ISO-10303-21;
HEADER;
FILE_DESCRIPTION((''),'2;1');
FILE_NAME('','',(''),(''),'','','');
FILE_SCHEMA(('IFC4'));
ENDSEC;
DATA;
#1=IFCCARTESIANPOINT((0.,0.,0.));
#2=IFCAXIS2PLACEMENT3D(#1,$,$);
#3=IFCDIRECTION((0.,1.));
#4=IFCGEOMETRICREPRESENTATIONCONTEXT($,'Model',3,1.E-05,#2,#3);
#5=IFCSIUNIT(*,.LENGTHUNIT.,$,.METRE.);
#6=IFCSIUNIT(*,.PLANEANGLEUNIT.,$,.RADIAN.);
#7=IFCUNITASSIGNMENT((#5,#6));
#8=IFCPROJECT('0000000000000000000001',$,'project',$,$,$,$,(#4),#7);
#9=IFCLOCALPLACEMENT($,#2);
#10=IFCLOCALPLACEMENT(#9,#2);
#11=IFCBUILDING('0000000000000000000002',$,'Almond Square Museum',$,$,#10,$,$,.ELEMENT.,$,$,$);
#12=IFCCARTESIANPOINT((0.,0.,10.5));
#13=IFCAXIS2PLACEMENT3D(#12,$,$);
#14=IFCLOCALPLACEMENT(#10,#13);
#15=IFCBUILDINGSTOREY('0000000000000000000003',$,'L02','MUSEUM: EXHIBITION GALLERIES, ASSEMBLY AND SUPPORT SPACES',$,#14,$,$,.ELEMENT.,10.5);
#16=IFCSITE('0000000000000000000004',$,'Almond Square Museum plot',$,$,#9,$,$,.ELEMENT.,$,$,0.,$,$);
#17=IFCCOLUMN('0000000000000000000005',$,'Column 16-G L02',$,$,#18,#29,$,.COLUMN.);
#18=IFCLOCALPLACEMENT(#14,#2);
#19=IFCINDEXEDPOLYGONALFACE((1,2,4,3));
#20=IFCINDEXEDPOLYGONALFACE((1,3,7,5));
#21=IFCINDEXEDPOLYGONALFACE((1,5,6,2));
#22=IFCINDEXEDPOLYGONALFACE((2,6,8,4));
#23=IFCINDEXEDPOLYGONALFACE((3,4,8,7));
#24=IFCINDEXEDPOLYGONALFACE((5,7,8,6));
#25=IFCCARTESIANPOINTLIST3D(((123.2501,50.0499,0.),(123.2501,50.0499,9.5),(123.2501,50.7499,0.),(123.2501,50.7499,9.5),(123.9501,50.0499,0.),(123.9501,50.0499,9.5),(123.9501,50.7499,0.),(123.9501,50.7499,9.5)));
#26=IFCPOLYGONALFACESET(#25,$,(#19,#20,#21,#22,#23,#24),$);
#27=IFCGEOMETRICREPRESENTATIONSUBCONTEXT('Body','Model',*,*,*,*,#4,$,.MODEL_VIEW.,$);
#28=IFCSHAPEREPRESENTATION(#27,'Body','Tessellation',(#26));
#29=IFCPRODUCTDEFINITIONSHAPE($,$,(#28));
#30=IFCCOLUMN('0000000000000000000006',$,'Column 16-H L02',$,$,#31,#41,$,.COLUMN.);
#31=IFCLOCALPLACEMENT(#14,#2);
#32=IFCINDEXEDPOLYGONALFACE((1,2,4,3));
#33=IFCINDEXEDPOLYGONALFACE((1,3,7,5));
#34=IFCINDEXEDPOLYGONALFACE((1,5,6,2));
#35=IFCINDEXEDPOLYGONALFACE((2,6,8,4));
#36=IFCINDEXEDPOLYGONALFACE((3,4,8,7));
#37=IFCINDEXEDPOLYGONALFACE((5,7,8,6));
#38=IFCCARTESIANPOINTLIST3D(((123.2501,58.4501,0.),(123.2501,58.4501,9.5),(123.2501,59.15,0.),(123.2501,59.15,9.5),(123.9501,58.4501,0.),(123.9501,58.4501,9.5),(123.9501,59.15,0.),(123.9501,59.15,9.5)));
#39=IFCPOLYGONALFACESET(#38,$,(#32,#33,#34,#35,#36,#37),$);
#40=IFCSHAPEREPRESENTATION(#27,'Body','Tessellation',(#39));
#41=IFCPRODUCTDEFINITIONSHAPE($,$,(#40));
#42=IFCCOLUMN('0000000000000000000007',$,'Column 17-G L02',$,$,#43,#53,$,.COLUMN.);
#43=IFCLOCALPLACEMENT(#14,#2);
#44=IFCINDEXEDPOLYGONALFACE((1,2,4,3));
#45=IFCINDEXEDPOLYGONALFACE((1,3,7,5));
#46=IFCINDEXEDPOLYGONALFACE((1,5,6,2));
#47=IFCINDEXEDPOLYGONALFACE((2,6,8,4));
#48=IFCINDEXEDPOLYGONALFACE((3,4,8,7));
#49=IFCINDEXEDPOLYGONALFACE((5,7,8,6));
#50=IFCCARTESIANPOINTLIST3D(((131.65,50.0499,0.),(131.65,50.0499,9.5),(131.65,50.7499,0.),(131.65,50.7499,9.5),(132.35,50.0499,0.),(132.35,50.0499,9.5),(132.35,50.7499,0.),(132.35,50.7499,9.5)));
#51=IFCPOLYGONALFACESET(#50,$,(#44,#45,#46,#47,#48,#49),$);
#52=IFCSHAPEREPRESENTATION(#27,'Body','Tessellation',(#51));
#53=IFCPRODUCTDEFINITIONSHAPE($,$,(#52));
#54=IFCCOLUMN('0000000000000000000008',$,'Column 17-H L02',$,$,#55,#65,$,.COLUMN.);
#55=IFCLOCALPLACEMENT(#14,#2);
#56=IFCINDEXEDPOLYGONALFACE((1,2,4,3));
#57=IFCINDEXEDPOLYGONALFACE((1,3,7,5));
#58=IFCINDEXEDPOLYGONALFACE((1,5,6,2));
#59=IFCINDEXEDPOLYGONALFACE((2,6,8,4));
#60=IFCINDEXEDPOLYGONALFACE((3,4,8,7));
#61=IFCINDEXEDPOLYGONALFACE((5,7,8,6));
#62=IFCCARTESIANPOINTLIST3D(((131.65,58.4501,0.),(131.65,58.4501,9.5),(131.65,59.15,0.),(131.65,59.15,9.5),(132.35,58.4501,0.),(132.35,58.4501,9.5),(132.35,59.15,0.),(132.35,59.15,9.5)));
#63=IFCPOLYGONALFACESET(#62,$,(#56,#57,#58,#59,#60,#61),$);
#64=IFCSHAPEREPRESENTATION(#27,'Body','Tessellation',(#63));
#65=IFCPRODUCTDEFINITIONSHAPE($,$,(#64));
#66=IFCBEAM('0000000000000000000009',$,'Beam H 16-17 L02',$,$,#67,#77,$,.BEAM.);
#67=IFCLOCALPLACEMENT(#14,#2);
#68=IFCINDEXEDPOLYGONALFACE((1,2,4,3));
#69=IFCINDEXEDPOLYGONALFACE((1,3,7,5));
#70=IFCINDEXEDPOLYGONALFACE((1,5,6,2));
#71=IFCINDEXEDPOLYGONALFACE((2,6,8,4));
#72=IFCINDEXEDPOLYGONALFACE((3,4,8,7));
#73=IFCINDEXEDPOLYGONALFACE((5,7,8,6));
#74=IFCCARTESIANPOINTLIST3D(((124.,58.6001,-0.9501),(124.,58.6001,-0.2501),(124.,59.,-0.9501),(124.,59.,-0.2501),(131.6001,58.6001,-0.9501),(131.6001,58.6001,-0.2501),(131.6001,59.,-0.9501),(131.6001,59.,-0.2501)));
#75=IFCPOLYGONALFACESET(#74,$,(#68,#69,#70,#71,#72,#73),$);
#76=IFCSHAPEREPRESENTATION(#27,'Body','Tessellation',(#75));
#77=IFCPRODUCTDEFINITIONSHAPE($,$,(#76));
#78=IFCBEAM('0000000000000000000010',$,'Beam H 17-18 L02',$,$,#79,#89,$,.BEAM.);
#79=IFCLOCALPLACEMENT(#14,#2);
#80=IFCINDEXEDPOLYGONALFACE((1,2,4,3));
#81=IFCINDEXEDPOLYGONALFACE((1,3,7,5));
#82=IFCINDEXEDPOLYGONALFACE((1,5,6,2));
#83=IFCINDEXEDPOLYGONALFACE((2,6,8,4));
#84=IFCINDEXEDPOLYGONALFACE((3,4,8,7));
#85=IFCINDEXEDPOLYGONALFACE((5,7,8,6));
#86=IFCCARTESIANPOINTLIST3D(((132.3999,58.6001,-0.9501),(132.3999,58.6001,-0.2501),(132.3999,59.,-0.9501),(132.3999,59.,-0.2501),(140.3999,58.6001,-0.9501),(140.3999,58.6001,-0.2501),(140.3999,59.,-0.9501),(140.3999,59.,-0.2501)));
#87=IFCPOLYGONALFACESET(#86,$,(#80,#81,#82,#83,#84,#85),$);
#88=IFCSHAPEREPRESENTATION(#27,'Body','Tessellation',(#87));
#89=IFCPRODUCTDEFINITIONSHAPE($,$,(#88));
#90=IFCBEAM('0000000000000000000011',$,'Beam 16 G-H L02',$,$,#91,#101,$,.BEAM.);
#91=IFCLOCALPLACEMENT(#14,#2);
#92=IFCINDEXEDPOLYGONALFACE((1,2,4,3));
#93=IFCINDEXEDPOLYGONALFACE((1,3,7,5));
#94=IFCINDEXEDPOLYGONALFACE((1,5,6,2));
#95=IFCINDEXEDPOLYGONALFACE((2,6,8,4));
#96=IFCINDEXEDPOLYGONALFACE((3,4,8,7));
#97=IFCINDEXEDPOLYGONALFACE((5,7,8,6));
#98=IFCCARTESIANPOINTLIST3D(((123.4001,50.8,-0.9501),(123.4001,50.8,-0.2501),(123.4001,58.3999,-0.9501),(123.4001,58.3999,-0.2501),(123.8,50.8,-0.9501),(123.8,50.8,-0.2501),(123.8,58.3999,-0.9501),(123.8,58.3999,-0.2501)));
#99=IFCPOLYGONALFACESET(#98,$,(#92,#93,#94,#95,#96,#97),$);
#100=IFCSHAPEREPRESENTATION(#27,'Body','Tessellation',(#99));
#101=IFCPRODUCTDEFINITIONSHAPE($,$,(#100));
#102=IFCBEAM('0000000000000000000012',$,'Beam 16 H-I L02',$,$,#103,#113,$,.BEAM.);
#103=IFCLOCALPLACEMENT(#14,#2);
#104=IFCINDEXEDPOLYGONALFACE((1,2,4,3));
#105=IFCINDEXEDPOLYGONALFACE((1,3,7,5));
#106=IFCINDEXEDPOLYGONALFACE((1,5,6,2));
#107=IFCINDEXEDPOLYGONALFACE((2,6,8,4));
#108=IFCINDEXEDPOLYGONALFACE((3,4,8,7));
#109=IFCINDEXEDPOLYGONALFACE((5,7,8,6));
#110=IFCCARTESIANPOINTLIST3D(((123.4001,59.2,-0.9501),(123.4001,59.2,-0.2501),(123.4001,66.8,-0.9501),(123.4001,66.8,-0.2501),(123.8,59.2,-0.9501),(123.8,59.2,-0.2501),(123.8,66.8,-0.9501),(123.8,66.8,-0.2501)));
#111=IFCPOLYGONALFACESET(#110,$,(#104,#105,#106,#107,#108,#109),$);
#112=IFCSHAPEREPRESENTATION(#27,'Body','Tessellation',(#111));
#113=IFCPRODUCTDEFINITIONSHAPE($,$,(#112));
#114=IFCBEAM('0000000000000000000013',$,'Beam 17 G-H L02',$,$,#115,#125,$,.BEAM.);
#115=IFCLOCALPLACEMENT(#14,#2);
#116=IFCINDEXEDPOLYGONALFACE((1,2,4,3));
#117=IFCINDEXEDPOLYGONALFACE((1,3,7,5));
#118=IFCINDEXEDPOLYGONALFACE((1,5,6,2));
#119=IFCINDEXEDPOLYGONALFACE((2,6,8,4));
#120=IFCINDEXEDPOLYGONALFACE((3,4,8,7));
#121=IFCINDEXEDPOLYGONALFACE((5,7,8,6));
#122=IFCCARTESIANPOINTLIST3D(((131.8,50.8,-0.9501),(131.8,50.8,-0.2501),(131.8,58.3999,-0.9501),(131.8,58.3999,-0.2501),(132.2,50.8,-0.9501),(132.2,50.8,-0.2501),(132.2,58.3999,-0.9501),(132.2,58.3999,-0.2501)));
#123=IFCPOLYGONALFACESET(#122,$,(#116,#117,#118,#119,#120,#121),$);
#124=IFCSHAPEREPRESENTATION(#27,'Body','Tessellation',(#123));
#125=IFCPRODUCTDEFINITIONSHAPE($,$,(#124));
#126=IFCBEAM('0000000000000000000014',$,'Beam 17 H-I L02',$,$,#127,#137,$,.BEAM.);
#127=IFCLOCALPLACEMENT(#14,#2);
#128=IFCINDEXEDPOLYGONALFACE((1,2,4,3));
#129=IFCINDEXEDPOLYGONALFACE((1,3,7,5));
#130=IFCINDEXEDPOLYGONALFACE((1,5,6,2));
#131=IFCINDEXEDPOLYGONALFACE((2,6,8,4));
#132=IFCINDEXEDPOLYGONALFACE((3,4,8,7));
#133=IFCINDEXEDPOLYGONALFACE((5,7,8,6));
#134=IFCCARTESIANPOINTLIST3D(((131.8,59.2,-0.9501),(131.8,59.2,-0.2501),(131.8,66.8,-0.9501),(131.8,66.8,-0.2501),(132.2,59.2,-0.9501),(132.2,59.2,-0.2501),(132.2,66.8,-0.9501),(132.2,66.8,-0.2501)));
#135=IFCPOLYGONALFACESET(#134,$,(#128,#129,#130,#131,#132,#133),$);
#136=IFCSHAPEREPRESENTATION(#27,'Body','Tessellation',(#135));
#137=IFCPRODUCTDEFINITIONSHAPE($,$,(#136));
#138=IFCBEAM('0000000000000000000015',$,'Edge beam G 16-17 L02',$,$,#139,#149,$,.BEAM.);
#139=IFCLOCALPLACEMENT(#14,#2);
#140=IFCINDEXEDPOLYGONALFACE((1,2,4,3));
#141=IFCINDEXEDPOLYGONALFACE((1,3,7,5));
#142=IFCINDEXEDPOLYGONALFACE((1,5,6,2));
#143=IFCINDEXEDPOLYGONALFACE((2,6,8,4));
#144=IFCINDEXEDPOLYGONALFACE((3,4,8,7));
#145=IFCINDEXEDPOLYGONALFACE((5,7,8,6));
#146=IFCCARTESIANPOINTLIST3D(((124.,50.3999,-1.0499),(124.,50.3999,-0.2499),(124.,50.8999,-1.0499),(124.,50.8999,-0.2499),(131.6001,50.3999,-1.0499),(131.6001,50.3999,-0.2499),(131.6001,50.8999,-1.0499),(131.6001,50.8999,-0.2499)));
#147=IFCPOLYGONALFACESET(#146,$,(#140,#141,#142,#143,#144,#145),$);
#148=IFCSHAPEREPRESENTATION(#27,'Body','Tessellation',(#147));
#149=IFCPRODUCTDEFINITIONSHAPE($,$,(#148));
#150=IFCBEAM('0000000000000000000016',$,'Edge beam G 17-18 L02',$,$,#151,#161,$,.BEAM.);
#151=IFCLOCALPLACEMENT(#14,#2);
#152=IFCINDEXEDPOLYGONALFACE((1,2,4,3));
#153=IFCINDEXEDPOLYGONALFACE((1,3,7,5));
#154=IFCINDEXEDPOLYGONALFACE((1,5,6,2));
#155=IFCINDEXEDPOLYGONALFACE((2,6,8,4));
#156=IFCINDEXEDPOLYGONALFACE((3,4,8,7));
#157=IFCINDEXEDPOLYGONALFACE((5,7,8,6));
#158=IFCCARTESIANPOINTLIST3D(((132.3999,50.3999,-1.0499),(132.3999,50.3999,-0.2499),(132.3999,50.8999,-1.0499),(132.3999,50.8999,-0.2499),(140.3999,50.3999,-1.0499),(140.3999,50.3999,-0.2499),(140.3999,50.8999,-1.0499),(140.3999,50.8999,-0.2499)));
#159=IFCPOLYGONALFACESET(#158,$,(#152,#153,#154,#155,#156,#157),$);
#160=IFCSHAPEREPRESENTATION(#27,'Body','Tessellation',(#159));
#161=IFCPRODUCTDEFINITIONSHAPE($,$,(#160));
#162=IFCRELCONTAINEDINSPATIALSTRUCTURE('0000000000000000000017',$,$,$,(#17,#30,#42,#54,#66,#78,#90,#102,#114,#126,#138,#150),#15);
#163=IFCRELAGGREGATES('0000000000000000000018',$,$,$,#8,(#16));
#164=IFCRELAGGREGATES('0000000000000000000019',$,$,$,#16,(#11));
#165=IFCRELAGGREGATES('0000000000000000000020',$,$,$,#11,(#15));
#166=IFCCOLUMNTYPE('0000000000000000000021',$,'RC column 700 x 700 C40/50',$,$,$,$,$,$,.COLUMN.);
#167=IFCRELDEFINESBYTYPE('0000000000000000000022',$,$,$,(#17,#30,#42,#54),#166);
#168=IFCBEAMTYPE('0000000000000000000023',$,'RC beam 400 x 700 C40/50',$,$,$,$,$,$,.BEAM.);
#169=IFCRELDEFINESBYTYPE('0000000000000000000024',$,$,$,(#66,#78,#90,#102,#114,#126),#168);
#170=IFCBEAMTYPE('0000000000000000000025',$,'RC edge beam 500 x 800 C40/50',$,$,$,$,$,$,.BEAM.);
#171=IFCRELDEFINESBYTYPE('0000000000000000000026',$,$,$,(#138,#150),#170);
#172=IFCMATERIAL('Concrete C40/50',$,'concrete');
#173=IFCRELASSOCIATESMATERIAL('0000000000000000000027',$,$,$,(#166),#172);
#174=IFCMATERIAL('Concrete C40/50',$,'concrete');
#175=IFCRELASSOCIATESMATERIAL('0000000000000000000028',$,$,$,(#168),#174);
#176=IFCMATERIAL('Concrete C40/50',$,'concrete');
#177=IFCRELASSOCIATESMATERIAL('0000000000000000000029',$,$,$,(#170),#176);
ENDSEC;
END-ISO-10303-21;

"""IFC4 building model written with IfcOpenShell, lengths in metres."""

from ifc_helpers import new_model, si_unit, direction, frame, origin, origin_2d, place, context, subcontext, project, spatial, rectangle, extrude, material, material_profile, profile_set, type_object, element, save


model = new_model("IFC4")

# Units and contexts
model_context = context("Model", 3, precision=1e-05, world=origin(), true_north=direction((0.0, 1.0)))
body_context = subcontext(model_context, "Body", "Model", "MODEL_VIEW")
ifc_project = project(units=[si_unit("LENGTHUNIT", "METRE"), si_unit("PLANEANGLEUNIT", "RADIAN")], contexts=[model_context])

# Site, building, storey
site_placement = place(None, origin())
site = spatial("IfcSite", under=ifc_project, at=site_placement, Name="Almond Square Museum plot", CompositionType="ELEMENT", RefElevation=0.0)
building_placement = place(site_placement, origin())
building = spatial("IfcBuilding", under=site, at=building_placement, Name="Almond Square Museum", CompositionType="ELEMENT")
storey_placement = place(building_placement, frame((0.0, 0.0, 10.5)))
storey = spatial("IfcBuildingStorey", under=building, at=storey_placement, Name="L02", Description="MUSEUM: EXHIBITION GALLERIES, ASSEMBLY AND SUPPORT SPACES", CompositionType="ELEMENT", Elevation=10.5)

# Columns
ifc_material_1 = material(Name="Concrete C40/50", Category="concrete")
ifc_material_profile_1 = material_profile(ifc_material_1, rectangle(XDim=0.7, YDim=0.7, at=origin_2d()))
ifc_profile_set_1 = profile_set([ifc_material_profile_1], Name="Concrete C40/50")
column_type = type_object("IfcColumnType", Name="RC column 700 x 700 C40/50", PredefinedType="COLUMN", material=ifc_profile_set_1)
for number, where, z_axis, x_axis, name in (
    (1, (123.6001, 50.3999, 0.0), (0.0, 0.0, 1.0), (1.0, 0.0, 0.0), "Column 16-G L02"),
    (2, (123.6001, 58.8, 0.0), (0.0, 0.0, 1.0), (1.0, 0.0, 0.0), "Column 16-H L02"),
    (3, (132.0, 50.3999, 0.0), (0.0, 0.0, 1.0), (1.0, 0.0, 0.0), "Column 17-G L02"),
    (4, (132.0, 58.8, 0.0), (0.0, 0.0, 1.0), (1.0, 0.0, 0.0), "Column 17-H L02"),
):
    element("IfcColumn", number, at=place(storey_placement, frame(where, z_axis=z_axis, x_axis=x_axis)), inside=storey, type_object=column_type, Name=name, PredefinedType="COLUMN", context=body_context, shape_type="SweptSolid", body=[
        extrude(rectangle(XDim=0.7, YDim=0.7, at=origin_2d()), origin(), (0.0, 0.0, 1.0), 9.5),
    ])

# Beams
ifc_material_2 = material(Name="Concrete C40/50", Category="concrete")
ifc_material_profile_2 = material_profile(ifc_material_2, rectangle(XDim=0.3999, YDim=0.7, at=origin_2d()))
ifc_profile_set_2 = profile_set([ifc_material_profile_2], Name="Concrete C40/50")
beam_type_1 = type_object("IfcBeamType", Name="RC beam 400 x 700 C40/50", PredefinedType="BEAM", material=ifc_profile_set_2)
beam_1_placement = place(storey_placement, frame((124.0, 58.8, -0.6001), z_axis=(1.0, 0.0, 0.0), x_axis=(0.0, 1.0, 0.0)))
element("IfcBeam", 5, at=beam_1_placement, inside=storey, type_object=beam_type_1, Name="Beam H 16-17 L02", PredefinedType="BEAM", context=body_context, shape_type="SweptSolid", body=[
    extrude(rectangle(XDim=0.3999, YDim=0.7, at=origin_2d()), origin(), (0.0, 0.0, 1.0), 7.6001),
])
beam_2_placement = place(storey_placement, frame((132.3999, 58.8, -0.6001), z_axis=(1.0, 0.0, 0.0), x_axis=(0.0, 1.0, 0.0)))
element("IfcBeam", 6, at=beam_2_placement, inside=storey, type_object=beam_type_1, Name="Beam H 17-18 L02", PredefinedType="BEAM", context=body_context, shape_type="SweptSolid", body=[
    extrude(rectangle(XDim=0.3999, YDim=0.7, at=origin_2d()), origin(), (0.0, 0.0, 1.0), 8.0),
])
beam_3_placement = place(storey_placement, frame((123.6001, 50.8, -0.6001), z_axis=(0.0, 1.0, 0.0), x_axis=(-1.0, 0.0, 0.0)))
element("IfcBeam", 7, at=beam_3_placement, inside=storey, type_object=beam_type_1, Name="Beam 16 G-H L02", PredefinedType="BEAM", context=body_context, shape_type="SweptSolid", body=[
    extrude(rectangle(XDim=0.3999, YDim=0.7, at=origin_2d()), origin(), (0.0, 0.0, 1.0), 7.5999),
])
beam_4_placement = place(storey_placement, frame((123.6001, 59.2, -0.6001), z_axis=(0.0, 1.0, 0.0), x_axis=(-1.0, 0.0, 0.0)))
element("IfcBeam", 8, at=beam_4_placement, inside=storey, type_object=beam_type_1, Name="Beam 16 H-I L02", PredefinedType="BEAM", context=body_context, shape_type="SweptSolid", body=[
    extrude(rectangle(XDim=0.3999, YDim=0.7, at=origin_2d()), origin(), (0.0, 0.0, 1.0), 7.6001),
])
beam_5_placement = place(storey_placement, frame((132.0, 50.8, -0.6001), z_axis=(0.0, 1.0, 0.0), x_axis=(-1.0, 0.0, 0.0)))
element("IfcBeam", 9, at=beam_5_placement, inside=storey, type_object=beam_type_1, Name="Beam 17 G-H L02", PredefinedType="BEAM", context=body_context, shape_type="SweptSolid", body=[
    extrude(rectangle(XDim=0.3999, YDim=0.7, at=origin_2d()), origin(), (0.0, 0.0, 1.0), 7.5999),
])
beam_6_placement = place(storey_placement, frame((132.0, 59.2, -0.6001), z_axis=(0.0, 1.0, 0.0), x_axis=(-1.0, 0.0, 0.0)))
element("IfcBeam", 10, at=beam_6_placement, inside=storey, type_object=beam_type_1, Name="Beam 17 H-I L02", PredefinedType="BEAM", context=body_context, shape_type="SweptSolid", body=[
    extrude(rectangle(XDim=0.3999, YDim=0.7, at=origin_2d()), origin(), (0.0, 0.0, 1.0), 7.6001),
])
ifc_material_3 = material(Name="Concrete C40/50", Category="concrete")
ifc_material_profile_3 = material_profile(ifc_material_3, rectangle(XDim=0.5, YDim=0.8, at=origin_2d()))
ifc_profile_set_3 = profile_set([ifc_material_profile_3], Name="Concrete C40/50")
beam_type_2 = type_object("IfcBeamType", Name="RC edge beam 500 x 800 C40/50", PredefinedType="BEAM", material=ifc_profile_set_3)
beam_7_placement = place(storey_placement, frame((124.0, 50.6499, -0.6499), z_axis=(1.0, 0.0, 0.0), x_axis=(0.0, 1.0, 0.0)))
element("IfcBeam", 11, at=beam_7_placement, inside=storey, type_object=beam_type_2, Name="Edge beam G 16-17 L02", PredefinedType="BEAM", context=body_context, shape_type="SweptSolid", body=[
    extrude(rectangle(XDim=0.5, YDim=0.8, at=origin_2d()), origin(), (0.0, 0.0, 1.0), 7.6001),
])
beam_8_placement = place(storey_placement, frame((132.3999, 50.6499, -0.6499), z_axis=(1.0, 0.0, 0.0), x_axis=(0.0, 1.0, 0.0)))
element("IfcBeam", 12, at=beam_8_placement, inside=storey, type_object=beam_type_2, Name="Edge beam G 17-18 L02", PredefinedType="BEAM", context=body_context, shape_type="SweptSolid", body=[
    extrude(rectangle(XDim=0.5, YDim=0.8, at=origin_2d()), origin(), (0.0, 0.0, 1.0), 8.0),
])

save(model, "model.ifc")
